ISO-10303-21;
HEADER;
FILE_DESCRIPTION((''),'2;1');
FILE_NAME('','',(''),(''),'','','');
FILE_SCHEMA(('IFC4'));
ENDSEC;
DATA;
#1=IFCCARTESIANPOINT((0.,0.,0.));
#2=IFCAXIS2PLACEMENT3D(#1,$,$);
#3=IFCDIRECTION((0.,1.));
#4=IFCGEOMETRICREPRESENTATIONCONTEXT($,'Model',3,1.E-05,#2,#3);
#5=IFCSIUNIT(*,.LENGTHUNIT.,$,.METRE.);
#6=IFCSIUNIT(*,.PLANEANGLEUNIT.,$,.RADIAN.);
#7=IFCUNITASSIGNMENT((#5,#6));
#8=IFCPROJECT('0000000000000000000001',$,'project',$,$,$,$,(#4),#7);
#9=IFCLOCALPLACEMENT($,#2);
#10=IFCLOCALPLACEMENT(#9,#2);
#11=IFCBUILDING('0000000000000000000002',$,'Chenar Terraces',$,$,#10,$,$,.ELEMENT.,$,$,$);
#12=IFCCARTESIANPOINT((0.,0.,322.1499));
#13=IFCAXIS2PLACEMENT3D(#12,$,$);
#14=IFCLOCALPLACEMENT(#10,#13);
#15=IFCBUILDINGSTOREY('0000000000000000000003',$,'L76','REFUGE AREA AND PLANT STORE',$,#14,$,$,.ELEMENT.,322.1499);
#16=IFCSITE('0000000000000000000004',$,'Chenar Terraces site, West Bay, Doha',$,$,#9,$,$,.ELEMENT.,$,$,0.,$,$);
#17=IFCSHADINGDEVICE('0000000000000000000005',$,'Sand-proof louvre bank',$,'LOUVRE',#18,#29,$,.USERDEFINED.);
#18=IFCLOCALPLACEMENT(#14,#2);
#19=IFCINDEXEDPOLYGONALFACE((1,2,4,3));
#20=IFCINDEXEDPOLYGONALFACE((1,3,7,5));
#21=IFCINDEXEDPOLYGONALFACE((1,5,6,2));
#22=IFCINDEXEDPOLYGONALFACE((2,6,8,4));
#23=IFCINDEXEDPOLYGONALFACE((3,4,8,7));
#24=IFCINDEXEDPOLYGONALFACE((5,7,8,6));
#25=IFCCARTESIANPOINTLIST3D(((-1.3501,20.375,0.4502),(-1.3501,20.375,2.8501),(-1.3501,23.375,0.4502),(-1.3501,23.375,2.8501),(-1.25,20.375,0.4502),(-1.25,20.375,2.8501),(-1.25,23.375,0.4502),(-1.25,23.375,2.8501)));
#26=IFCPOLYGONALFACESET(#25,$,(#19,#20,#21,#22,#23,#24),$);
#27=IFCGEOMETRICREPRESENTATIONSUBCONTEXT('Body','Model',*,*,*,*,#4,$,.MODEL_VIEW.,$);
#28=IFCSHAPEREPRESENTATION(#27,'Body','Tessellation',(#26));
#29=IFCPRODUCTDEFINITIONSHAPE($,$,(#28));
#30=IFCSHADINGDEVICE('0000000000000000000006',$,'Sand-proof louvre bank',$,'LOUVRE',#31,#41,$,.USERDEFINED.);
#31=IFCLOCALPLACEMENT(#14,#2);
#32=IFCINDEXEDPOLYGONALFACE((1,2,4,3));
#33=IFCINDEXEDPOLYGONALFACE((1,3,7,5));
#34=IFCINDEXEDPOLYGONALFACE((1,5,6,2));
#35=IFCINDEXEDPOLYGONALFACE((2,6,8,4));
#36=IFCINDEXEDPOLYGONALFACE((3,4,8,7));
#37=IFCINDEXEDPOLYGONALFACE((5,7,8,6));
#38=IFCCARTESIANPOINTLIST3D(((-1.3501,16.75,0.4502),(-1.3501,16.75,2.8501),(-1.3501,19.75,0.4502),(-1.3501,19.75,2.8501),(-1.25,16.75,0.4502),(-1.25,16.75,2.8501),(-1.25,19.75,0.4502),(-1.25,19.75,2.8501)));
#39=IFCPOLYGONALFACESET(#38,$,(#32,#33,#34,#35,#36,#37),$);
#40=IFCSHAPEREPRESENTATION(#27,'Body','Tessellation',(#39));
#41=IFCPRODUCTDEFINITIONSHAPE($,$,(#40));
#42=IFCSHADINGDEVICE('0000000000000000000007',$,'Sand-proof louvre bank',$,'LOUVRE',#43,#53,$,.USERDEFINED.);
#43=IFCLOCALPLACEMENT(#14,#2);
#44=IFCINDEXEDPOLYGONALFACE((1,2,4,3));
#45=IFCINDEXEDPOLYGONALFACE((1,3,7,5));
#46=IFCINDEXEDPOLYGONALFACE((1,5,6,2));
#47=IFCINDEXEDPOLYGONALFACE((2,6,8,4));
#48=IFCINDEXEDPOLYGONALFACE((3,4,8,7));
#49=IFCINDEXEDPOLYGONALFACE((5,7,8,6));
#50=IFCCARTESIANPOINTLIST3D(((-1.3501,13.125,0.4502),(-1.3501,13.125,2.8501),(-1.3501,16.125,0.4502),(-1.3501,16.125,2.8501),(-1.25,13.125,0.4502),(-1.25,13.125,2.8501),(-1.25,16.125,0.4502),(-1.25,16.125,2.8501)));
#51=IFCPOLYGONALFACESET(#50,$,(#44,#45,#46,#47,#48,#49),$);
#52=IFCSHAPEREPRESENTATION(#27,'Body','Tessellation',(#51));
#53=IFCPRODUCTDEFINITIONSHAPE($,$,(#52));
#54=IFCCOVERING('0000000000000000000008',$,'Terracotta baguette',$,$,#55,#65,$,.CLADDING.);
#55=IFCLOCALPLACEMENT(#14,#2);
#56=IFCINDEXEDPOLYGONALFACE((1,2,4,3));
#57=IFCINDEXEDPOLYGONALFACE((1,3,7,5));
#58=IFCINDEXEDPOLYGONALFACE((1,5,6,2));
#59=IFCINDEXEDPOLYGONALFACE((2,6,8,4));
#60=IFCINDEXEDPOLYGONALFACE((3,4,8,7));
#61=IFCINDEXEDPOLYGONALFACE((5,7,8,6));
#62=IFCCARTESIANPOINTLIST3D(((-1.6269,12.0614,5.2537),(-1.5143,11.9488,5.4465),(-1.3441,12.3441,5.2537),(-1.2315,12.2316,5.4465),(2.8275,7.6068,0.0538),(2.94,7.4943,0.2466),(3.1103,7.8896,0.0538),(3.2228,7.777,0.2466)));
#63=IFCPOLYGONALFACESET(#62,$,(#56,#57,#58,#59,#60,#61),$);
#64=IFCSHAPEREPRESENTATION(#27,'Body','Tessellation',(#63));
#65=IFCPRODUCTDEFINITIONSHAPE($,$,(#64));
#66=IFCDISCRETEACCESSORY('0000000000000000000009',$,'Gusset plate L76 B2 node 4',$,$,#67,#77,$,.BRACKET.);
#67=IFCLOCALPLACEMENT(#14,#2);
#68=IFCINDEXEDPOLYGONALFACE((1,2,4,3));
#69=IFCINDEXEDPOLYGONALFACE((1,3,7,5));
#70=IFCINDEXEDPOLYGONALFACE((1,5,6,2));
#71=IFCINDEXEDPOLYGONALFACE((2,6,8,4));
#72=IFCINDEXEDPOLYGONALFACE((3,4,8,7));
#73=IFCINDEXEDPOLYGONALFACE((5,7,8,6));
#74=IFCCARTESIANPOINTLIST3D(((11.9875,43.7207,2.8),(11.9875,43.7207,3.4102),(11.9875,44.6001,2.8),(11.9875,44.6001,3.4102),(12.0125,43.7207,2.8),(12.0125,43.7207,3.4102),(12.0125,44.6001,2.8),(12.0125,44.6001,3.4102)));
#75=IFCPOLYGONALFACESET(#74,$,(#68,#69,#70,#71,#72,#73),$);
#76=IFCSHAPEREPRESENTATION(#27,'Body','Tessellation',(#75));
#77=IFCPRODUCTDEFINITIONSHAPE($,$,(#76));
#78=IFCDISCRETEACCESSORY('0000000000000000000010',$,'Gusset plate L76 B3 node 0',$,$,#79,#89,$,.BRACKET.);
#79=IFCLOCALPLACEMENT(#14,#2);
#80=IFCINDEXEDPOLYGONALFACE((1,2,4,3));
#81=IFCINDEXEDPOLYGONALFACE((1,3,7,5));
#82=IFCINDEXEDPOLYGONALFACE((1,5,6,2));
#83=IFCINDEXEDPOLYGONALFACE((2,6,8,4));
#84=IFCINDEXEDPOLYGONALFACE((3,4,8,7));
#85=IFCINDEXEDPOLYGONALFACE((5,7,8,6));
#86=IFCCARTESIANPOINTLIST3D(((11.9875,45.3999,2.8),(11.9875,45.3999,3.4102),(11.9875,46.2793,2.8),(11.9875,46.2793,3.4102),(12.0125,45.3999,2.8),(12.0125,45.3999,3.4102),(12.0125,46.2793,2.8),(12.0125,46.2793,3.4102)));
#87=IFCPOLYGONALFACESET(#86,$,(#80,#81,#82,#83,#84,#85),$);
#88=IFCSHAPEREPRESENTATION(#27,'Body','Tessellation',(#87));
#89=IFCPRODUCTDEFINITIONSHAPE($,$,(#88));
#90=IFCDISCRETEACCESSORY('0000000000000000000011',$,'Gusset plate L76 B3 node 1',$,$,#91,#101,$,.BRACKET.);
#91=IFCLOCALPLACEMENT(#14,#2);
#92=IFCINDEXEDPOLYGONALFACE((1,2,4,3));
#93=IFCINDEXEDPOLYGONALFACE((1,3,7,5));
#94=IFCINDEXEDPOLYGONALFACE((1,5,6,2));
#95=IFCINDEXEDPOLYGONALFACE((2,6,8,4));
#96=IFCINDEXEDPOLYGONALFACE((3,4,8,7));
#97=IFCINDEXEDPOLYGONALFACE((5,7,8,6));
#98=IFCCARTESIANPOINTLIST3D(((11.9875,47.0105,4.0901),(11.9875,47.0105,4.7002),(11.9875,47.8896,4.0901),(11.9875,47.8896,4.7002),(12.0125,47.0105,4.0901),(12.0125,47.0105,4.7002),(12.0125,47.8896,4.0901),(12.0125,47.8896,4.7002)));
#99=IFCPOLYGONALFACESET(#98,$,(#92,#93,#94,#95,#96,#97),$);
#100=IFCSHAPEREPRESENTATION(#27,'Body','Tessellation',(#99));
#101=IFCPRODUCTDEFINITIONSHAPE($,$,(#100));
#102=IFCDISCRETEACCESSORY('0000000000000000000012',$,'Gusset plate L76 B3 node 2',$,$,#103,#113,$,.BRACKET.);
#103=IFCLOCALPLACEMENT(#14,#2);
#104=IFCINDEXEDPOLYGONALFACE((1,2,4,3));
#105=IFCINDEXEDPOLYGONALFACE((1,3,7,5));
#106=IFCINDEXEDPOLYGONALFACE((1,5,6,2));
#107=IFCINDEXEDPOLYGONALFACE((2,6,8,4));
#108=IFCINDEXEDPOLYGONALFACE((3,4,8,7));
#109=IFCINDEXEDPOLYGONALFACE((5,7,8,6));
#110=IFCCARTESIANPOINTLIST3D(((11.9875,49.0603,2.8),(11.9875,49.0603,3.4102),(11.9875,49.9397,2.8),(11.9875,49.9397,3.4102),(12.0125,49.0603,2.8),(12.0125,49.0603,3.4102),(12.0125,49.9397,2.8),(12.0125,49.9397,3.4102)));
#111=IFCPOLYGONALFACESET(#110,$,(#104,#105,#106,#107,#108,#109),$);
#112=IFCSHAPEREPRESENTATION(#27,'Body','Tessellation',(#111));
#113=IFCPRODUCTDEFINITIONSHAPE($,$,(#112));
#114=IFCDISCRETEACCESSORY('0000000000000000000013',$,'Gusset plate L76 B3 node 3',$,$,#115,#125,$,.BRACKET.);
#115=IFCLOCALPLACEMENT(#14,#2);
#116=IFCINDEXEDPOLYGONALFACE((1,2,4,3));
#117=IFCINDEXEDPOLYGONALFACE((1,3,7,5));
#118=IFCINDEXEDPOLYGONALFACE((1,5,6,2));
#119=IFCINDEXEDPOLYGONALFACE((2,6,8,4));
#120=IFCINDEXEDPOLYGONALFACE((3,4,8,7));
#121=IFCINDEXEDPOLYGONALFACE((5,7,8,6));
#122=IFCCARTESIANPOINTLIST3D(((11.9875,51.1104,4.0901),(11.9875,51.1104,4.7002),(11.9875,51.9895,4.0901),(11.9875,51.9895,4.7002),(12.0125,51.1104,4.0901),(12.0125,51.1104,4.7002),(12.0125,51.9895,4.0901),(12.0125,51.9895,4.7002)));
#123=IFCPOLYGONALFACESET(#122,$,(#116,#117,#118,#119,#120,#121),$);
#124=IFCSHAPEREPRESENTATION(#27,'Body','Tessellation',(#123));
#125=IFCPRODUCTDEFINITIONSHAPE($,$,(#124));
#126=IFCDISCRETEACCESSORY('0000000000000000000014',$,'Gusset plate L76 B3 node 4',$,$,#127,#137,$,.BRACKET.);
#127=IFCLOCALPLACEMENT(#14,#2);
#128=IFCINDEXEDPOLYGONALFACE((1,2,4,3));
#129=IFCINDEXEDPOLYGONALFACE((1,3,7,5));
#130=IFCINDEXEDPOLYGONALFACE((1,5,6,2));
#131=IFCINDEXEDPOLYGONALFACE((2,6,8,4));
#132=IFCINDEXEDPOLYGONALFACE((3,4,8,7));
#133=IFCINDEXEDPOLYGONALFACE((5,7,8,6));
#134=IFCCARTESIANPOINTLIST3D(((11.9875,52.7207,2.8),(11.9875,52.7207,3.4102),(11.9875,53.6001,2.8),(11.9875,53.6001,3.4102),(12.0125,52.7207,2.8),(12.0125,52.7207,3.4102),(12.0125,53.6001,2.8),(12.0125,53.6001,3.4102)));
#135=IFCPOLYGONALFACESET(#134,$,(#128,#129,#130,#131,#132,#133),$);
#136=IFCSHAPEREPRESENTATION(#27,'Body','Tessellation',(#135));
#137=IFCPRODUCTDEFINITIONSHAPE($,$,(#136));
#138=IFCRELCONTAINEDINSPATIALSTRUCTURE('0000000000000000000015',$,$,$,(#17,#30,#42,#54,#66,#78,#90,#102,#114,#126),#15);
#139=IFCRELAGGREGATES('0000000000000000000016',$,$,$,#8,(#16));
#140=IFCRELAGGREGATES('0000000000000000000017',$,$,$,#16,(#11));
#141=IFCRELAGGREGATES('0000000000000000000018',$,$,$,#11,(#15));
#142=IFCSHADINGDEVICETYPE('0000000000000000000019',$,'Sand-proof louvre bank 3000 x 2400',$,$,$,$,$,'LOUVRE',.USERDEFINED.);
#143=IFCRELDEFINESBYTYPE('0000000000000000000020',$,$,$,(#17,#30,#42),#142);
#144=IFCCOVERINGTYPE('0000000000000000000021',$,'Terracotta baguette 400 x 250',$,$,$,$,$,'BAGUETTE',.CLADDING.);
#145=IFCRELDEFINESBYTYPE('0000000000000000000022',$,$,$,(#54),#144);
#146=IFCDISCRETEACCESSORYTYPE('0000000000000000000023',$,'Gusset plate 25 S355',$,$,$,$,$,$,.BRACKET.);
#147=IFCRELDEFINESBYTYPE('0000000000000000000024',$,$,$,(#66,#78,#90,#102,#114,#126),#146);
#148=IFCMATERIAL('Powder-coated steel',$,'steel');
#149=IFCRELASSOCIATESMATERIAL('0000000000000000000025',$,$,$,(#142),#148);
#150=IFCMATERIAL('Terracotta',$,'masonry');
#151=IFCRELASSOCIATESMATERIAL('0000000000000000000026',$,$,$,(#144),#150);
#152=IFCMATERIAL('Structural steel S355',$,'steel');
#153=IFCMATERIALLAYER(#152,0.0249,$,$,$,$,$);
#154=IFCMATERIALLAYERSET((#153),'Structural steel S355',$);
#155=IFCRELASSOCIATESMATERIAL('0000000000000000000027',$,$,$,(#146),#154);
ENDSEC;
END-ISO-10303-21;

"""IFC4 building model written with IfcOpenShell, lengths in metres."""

from ifc_helpers import new_model, si_unit, direction, frame, origin, origin_2d, place, context, subcontext, project, spatial, polyline, rectangle, outline, extrude, material, layer, layer_set, material_profile, profile_set, type_object, element, save


model = new_model("IFC4")

# Units and contexts
model_context = context("Model", 3, precision=1e-05, world=origin(), true_north=direction((0.0, 1.0)))
body_context = subcontext(model_context, "Body", "Model", "MODEL_VIEW")
ifc_project = project(units=[si_unit("LENGTHUNIT", "METRE"), si_unit("PLANEANGLEUNIT", "RADIAN")], contexts=[model_context])

# Site, building, storey
site_placement = place(None, origin())
site = spatial("IfcSite", under=ifc_project, at=site_placement, Name="Chenar Terraces site, West Bay, Doha", CompositionType="ELEMENT", RefElevation=0.0)
building_placement = place(site_placement, origin())
building = spatial("IfcBuilding", under=site, at=building_placement, Name="Chenar Terraces", CompositionType="ELEMENT")
storey_placement = place(building_placement, frame((0.0, 0.0, 322.1499)))
storey = spatial("IfcBuildingStorey", under=building, at=storey_placement, Name="L76", Description="REFUGE AREA AND PLANT STORE", CompositionType="ELEMENT", Elevation=322.1499)

# Shading devices
ifc_material_1 = material(Name="Powder-coated steel", Category="steel")
shading_device_type = type_object("IfcShadingDeviceType", Name="Sand-proof louvre bank 3000 x 2400", ElementType="LOUVRE", PredefinedType="USERDEFINED", material=ifc_material_1)
for number, where, z_axis, x_axis, name in (
    (1, (-1.3, 21.875, 0.4502), (0.0, 0.0, 1.0), (0.0, -1.0, 0.0), "Sand-proof louvre bank"),
    (2, (-1.3, 18.25, 0.4502), (0.0, 0.0, 1.0), (0.0, -1.0, 0.0), "Sand-proof louvre bank"),
    (3, (-1.3, 14.625, 0.4502), (0.0, 0.0, 1.0), (0.0, -1.0, 0.0), "Sand-proof louvre bank"),
):
    element("IfcShadingDevice", number, at=place(storey_placement, frame(where, z_axis=z_axis, x_axis=x_axis)), inside=storey, type_object=shading_device_type, Name=name, ObjectType="LOUVRE", PredefinedType="USERDEFINED", context=body_context, shape_type="SweptSolid", body=[
        extrude(rectangle(XDim=3.0, YDim=0.1001, at=origin_2d()), origin(), (0.0, 0.0, 1.0), 2.3999),
    ])

# Covering
ifc_material_2 = material(Name="Terracotta", Category="masonry")
ifc_material_profile = material_profile(ifc_material_2, rectangle(XDim=0.3999, YDim=0.25, at=origin_2d()), Name="Terracotta baguette 400 x 250")
ifc_profile_set = profile_set([ifc_material_profile], Name="Terracotta")
covering_type = type_object("IfcCoveringType", Name="Terracotta baguette 400 x 250", ElementType="BAGUETTE", PredefinedType="CLADDING", material=ifc_profile_set)
covering_placement = place(storey_placement, frame((-1.4292, 12.1465, 5.3501), z_axis=(0.545309, -0.545339, -0.636587), x_axis=(0.707126, 0.707087, 0.0)))
element("IfcCovering", 4, at=covering_placement, inside=storey, type_object=covering_type, Name="Terracotta baguette", PredefinedType="CLADDING", context=body_context, shape_type="SweptSolid", body=[
    extrude(rectangle(XDim=0.3999, YDim=0.25, at=origin_2d()), origin(), (0.0, 0.0, 1.0), 8.1685),
])

# Discrete accessories
ifc_material_3 = material(Name="Structural steel S355", Category="steel")
ifc_layer_1 = layer(ifc_material_3, 0.0249)
ifc_layer_set_1 = layer_set([ifc_layer_1], Name="Structural steel S355")
discrete_accessory_type = type_object("IfcDiscreteAccessoryType", Name="Gusset plate 25 S355", PredefinedType="BRACKET", material=ifc_layer_set_1)
placement_1 = place(storey_placement, frame((0.0, 0.0, 2.8)))
element("IfcDiscreteAccessory", 5, at=placement_1, inside=storey, type_object=discrete_accessory_type, Name="Gusset plate L76 B2 node 4", PredefinedType="BRACKET", context=body_context, shape_type="SweptSolid", body=[
    extrude(outline(polyline([(12.0125, 43.7207), (12.0125, 44.6001), (11.9875, 44.6001), (11.9875, 43.7207), (12.0125, 43.7207)])), origin(), (0.0, 0.0, 1.0), 0.6101),
])
element("IfcDiscreteAccessory", 6, at=placement_1, inside=storey, type_object=discrete_accessory_type, Name="Gusset plate L76 B3 node 0", PredefinedType="BRACKET", context=body_context, shape_type="SweptSolid", body=[
    extrude(outline(polyline([(12.0125, 45.3999), (12.0125, 46.2793), (11.9875, 46.2793), (11.9875, 45.3999), (12.0125, 45.3999)])), origin(), (0.0, 0.0, 1.0), 0.6101),
])
placement_2 = place(storey_placement, frame((0.0, 0.0, 4.0901)))
element("IfcDiscreteAccessory", 7, at=placement_2, inside=storey, type_object=discrete_accessory_type, Name="Gusset plate L76 B3 node 1", PredefinedType="BRACKET", context=body_context, shape_type="SweptSolid", body=[
    extrude(outline(polyline([(12.0125, 47.0105), (12.0125, 47.8896), (11.9875, 47.8896), (11.9875, 47.0105), (12.0125, 47.0105)])), origin(), (0.0, 0.0, 1.0), 0.6101),
])
element("IfcDiscreteAccessory", 8, at=placement_1, inside=storey, type_object=discrete_accessory_type, Name="Gusset plate L76 B3 node 2", PredefinedType="BRACKET", context=body_context, shape_type="SweptSolid", body=[
    extrude(outline(polyline([(12.0125, 49.0603), (12.0125, 49.9397), (11.9875, 49.9397), (11.9875, 49.0603), (12.0125, 49.0603)])), origin(), (0.0, 0.0, 1.0), 0.6101),
])
element("IfcDiscreteAccessory", 9, at=placement_2, inside=storey, type_object=discrete_accessory_type, Name="Gusset plate L76 B3 node 3", PredefinedType="BRACKET", context=body_context, shape_type="SweptSolid", body=[
    extrude(outline(polyline([(12.0125, 51.1104), (12.0125, 51.9895), (11.9875, 51.9895), (11.9875, 51.1104), (12.0125, 51.1104)])), origin(), (0.0, 0.0, 1.0), 0.6101),
])
element("IfcDiscreteAccessory", 10, at=placement_1, inside=storey, type_object=discrete_accessory_type, Name="Gusset plate L76 B3 node 4", PredefinedType="BRACKET", context=body_context, shape_type="SweptSolid", body=[
    extrude(outline(polyline([(12.0125, 52.7207), (12.0125, 53.6001), (11.9875, 53.6001), (11.9875, 52.7207), (12.0125, 52.7207)])), origin(), (0.0, 0.0, 1.0), 0.6101),
])

save(model, "model.ifc")
